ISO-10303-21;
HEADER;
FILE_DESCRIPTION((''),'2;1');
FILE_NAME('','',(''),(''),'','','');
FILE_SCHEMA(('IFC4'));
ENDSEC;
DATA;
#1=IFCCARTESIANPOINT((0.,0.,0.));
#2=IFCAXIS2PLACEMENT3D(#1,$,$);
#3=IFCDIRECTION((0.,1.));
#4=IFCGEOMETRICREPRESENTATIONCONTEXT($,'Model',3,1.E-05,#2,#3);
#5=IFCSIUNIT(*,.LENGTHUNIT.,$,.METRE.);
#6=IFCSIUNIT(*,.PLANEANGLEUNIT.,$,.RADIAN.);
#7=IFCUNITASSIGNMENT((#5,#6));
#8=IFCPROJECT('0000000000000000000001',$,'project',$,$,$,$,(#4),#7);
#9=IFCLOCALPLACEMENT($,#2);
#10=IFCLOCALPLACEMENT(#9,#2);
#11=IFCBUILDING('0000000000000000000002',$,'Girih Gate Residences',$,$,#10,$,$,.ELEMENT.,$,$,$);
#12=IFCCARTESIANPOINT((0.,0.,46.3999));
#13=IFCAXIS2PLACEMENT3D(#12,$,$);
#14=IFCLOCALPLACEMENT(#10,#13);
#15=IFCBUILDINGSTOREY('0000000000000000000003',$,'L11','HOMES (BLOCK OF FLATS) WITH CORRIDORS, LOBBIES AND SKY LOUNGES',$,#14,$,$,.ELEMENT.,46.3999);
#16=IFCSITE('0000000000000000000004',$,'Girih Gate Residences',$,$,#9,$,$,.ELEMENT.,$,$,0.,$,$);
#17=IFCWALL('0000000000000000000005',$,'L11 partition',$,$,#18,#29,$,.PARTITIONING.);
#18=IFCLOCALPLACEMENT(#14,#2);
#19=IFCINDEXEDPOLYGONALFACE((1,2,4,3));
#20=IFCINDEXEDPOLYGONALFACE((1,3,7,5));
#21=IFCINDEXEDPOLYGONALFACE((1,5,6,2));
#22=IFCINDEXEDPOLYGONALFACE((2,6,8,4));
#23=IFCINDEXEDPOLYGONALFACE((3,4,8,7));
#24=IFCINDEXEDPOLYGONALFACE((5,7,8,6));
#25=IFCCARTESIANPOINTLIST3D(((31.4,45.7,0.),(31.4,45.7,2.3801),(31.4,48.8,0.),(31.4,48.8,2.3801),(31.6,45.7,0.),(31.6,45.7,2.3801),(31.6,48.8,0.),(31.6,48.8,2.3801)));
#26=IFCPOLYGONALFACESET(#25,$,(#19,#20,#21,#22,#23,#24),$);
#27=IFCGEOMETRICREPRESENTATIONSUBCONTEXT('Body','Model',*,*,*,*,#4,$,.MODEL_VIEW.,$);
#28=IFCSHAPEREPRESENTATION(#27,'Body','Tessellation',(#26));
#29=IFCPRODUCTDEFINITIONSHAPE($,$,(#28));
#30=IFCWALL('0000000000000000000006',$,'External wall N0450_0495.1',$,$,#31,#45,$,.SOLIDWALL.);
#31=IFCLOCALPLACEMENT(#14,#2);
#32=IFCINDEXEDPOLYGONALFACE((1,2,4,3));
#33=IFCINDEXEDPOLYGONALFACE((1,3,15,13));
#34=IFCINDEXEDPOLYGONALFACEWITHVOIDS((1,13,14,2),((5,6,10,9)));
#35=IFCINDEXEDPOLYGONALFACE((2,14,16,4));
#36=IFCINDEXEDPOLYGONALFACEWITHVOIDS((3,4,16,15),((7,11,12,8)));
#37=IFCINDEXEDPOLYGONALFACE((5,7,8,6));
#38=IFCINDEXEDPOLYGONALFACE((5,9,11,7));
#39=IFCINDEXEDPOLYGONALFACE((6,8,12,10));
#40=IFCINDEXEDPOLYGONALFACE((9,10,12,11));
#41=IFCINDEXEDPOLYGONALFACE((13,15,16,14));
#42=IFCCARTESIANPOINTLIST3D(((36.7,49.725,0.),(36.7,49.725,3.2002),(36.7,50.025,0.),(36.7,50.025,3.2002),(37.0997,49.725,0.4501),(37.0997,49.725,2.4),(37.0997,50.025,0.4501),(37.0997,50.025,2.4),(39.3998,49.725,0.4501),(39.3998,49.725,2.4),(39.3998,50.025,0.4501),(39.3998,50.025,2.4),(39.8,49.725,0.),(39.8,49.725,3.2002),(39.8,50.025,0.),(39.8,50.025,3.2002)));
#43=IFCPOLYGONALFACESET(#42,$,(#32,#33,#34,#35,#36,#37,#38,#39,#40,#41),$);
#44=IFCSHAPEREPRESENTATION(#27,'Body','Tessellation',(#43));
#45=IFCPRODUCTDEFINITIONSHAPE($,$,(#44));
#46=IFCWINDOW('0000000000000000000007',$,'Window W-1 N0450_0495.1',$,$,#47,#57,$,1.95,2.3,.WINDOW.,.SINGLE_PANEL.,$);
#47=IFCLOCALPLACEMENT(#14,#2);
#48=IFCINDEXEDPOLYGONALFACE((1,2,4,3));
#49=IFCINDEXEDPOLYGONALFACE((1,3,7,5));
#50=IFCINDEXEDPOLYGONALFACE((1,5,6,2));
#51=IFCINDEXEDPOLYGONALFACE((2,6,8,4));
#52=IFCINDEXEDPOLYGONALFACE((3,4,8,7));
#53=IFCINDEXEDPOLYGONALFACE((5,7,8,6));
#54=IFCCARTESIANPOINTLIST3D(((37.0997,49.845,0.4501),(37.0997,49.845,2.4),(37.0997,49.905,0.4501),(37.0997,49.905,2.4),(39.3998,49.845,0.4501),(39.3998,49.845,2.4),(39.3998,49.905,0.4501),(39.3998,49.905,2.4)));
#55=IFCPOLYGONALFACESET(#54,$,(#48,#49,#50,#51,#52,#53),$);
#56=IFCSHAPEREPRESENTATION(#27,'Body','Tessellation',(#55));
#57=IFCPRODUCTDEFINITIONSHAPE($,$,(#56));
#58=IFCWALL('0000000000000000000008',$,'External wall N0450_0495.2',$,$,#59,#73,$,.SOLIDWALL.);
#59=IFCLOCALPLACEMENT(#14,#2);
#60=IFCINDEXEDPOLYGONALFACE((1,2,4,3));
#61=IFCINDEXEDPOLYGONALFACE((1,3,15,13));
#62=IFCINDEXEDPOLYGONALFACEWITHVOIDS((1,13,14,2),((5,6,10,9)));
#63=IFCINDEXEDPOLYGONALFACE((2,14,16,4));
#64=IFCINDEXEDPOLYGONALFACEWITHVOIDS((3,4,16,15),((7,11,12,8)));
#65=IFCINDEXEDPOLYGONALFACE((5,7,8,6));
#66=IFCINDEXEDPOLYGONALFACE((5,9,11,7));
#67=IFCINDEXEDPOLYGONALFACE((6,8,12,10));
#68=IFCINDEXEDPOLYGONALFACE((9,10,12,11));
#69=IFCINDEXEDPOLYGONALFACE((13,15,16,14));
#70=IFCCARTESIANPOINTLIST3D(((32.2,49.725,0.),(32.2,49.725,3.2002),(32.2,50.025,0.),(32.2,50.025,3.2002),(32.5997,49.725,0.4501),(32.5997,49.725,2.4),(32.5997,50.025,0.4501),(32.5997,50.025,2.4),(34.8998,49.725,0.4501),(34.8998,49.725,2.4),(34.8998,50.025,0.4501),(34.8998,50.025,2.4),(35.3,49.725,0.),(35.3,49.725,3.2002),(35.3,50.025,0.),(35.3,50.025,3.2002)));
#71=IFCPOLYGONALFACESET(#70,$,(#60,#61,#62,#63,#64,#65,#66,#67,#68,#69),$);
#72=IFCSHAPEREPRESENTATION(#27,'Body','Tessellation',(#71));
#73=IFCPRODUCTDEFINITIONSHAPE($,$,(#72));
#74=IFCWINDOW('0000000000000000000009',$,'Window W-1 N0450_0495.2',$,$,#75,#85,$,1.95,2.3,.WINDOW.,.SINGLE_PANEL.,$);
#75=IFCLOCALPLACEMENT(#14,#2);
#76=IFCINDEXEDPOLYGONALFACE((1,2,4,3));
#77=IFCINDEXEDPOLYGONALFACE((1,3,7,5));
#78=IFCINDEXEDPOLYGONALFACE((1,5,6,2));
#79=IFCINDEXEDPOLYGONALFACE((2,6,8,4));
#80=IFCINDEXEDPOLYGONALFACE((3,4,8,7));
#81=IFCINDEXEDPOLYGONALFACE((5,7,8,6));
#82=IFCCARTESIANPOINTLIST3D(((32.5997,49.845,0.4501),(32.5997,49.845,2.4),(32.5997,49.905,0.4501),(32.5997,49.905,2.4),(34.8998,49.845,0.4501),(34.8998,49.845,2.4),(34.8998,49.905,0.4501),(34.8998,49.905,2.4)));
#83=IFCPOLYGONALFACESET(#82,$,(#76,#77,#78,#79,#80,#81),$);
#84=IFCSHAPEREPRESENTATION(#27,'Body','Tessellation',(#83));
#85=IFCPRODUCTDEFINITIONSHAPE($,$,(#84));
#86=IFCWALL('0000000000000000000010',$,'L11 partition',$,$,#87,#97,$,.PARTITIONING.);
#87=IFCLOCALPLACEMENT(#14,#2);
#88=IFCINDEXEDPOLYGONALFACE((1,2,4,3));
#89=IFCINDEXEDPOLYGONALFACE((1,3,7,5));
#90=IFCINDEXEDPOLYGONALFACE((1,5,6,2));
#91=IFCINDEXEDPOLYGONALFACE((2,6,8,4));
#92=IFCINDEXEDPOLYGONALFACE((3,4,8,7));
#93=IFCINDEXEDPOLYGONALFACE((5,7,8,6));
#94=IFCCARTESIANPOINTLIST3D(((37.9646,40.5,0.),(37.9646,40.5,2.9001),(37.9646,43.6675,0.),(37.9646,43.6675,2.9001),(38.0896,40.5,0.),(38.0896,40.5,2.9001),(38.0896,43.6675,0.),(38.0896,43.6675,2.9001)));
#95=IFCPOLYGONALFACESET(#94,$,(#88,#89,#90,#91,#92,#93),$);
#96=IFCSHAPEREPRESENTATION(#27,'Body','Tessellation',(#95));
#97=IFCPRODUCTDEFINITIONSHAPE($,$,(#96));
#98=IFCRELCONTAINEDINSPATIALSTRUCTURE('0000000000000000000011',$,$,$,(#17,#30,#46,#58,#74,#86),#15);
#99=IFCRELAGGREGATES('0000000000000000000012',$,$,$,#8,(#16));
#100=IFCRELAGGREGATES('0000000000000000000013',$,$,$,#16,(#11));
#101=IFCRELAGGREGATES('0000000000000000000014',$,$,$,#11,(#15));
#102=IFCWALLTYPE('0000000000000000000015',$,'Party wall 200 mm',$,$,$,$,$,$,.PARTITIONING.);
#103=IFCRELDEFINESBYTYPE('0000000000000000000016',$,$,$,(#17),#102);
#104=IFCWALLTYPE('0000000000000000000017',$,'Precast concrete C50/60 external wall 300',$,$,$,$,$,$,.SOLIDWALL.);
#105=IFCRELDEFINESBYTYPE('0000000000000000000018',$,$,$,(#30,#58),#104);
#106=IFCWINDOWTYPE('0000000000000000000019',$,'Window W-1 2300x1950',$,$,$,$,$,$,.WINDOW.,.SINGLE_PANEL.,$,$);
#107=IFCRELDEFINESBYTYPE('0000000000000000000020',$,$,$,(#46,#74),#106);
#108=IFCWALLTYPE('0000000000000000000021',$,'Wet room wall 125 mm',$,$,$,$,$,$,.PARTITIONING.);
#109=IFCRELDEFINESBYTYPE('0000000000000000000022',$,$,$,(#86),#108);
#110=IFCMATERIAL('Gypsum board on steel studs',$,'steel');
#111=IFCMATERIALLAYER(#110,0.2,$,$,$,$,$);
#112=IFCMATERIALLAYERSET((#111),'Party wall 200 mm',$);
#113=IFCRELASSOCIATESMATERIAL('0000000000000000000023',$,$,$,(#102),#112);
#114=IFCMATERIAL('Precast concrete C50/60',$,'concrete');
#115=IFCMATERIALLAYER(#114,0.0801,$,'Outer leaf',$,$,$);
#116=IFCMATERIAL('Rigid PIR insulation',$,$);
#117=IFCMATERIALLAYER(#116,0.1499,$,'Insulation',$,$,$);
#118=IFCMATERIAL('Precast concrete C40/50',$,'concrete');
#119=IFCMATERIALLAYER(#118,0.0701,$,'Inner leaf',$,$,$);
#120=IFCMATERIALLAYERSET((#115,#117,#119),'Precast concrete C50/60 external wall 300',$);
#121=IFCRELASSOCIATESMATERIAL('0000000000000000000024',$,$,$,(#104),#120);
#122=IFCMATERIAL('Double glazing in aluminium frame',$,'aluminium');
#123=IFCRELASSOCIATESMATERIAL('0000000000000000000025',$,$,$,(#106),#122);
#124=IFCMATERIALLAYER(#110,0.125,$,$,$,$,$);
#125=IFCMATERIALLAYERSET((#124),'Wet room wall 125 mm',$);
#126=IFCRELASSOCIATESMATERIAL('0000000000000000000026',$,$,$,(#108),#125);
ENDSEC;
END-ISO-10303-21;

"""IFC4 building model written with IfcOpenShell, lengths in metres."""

from ifc_helpers import new_model, si_unit, direction, frame, frame_2d, origin, place, context, subcontext, project, spatial, rectangle, extrude, material, layer, layer_set, type_object, element, fill, save


model = new_model("IFC4")

# Units and contexts
model_context = context("Model", 3, precision=1e-05, world=origin(), true_north=direction((0.0, 1.0)))
body_context = subcontext(model_context, "Body", "Model", "MODEL_VIEW")
ifc_project = project(units=[si_unit("LENGTHUNIT", "METRE"), si_unit("PLANEANGLEUNIT", "RADIAN")], contexts=[model_context])

# Site, building, storey
site_placement = place(None, origin())
site = spatial("IfcSite", under=ifc_project, at=site_placement, Name="Girih Gate Residences", CompositionType="ELEMENT", RefElevation=0.0)
building_placement = place(site_placement, origin())
building = spatial("IfcBuilding", under=site, at=building_placement, Name="Girih Gate Residences", CompositionType="ELEMENT")
storey_placement = place(building_placement, frame((0.0, 0.0, 46.3999)))
storey = spatial("IfcBuildingStorey", under=building, at=storey_placement, Name="L11", Description="HOMES (BLOCK OF FLATS) WITH CORRIDORS, LOBBIES AND SKY LOUNGES", CompositionType="ELEMENT", Elevation=46.3999)

# Shared definitions
ifc_material_1 = material(Name="Gypsum board on steel studs", Category="steel")

# Wall
ifc_layer_1 = layer(ifc_material_1, 0.2)
ifc_layer_set_1 = layer_set([ifc_layer_1], Name="Party wall 200 mm")
wall_type_1 = type_object("IfcWallType", Name="Party wall 200 mm", PredefinedType="PARTITIONING", material=ifc_layer_set_1)
wall_1_placement = place(storey_placement, frame((31.5, 45.7, 0.0), z_axis=(0.0, 0.0, 1.0), x_axis=(0.0, 1.0, 0.0)))
element("IfcWall", 1, at=wall_1_placement, inside=storey, type_object=wall_type_1, Name="L11 partition", PredefinedType="PARTITIONING", context=body_context, shape_type="SweptSolid", body=[
    extrude(rectangle(XDim=3.1001, YDim=0.2, at=frame_2d((1.55, 0.0))), origin(), (0.0, 0.0, 1.0), 2.3801),
])

# Walls, openings, windows
ifc_material_2 = material(Name="Precast concrete C50/60", Category="concrete")
ifc_layer_2 = layer(ifc_material_2, 0.0801, Name="Outer leaf")
ifc_material_3 = material(Name="Rigid PIR insulation")
ifc_layer_3 = layer(ifc_material_3, 0.1499, Name="Insulation")
ifc_material_4 = material(Name="Precast concrete C40/50", Category="concrete")
ifc_layer_4 = layer(ifc_material_4, 0.0701, Name="Inner leaf")
ifc_layer_set_2 = layer_set([ifc_layer_2, ifc_layer_3, ifc_layer_4], Name="Precast concrete C50/60 external wall 300")
wall_type_2 = type_object("IfcWallType", Name="Precast concrete C50/60 external wall 300", PredefinedType="SOLIDWALL", material=ifc_layer_set_2)
wall_2_placement = place(storey_placement, frame((36.7, 49.875, 0.0), z_axis=(0.0, 0.0, 1.0), x_axis=(1.0, 0.0, 0.0)))
wall_2 = element("IfcWall", 2, at=wall_2_placement, inside=storey, type_object=wall_type_2, Name="External wall N0450_0495.1", PredefinedType="SOLIDWALL", context=body_context, shape_type="SweptSolid", body=[
    extrude(rectangle(XDim=3.1001, YDim=0.3, at=frame_2d((1.55, 0.0))), origin(), (0.0, 0.0, 1.0), 3.2002),
])
opening_1_placement = place(wall_2_placement, frame((0.3999, 0.0, 0.45)))
opening_1 = element("IfcOpeningElement", 3, at=opening_1_placement, cuts=wall_2, PredefinedType="OPENING", context=body_context, shape_type="SweptSolid", body=[
    extrude(rectangle(XDim=2.3, YDim=1.95, at=frame_2d((1.1499, 0.9751))), frame((0.0, 0.1599, 0.0), z_axis=(0.0, -1.0, 0.0), x_axis=(1.0, 0.0, 0.0)), (0.0, 0.0, 1.0), 0.3201),
])
ifc_material_5 = material(Name="Double glazing in aluminium frame", Category="aluminium")
window_type = type_object("IfcWindowType", Name="Window W-1 2300x1950", PartitioningType="SINGLE_PANEL", PredefinedType="WINDOW", material=ifc_material_5)
window_1_placement = place(opening_1_placement, origin())
window_1 = element("IfcWindow", 4, at=window_1_placement, inside=storey, type_object=window_type, Name="Window W-1 N0450_0495.1", OverallHeight=1.95, OverallWidth=2.3, PartitioningType="SINGLE_PANEL", PredefinedType="WINDOW", context=body_context, shape_type="SweptSolid", body=[
    extrude(rectangle(XDim=2.3, YDim=1.95, at=frame_2d((1.1499, 0.9751))), frame((0.0, 0.03, 0.0), z_axis=(0.0, -1.0, 0.0), x_axis=(1.0, 0.0, 0.0)), (0.0, 0.0, 1.0), 0.0601),
])
fill(opening_1, window_1)
wall_3_placement = place(storey_placement, frame((32.2, 49.875, 0.0), z_axis=(0.0, 0.0, 1.0), x_axis=(1.0, 0.0, 0.0)))
wall_3 = element("IfcWall", 5, at=wall_3_placement, inside=storey, type_object=wall_type_2, Name="External wall N0450_0495.2", PredefinedType="SOLIDWALL", context=body_context, shape_type="SweptSolid", body=[
    extrude(rectangle(XDim=3.1001, YDim=0.3, at=frame_2d((1.55, 0.0))), origin(), (0.0, 0.0, 1.0), 3.2002),
])
opening_2_placement = place(wall_3_placement, frame((0.3999, 0.0, 0.45)))
opening_2 = element("IfcOpeningElement", 6, at=opening_2_placement, cuts=wall_3, PredefinedType="OPENING", context=body_context, shape_type="SweptSolid", body=[
    extrude(rectangle(XDim=2.3, YDim=1.95, at=frame_2d((1.1499, 0.9751))), frame((0.0, 0.1599, 0.0), z_axis=(0.0, -1.0, 0.0), x_axis=(1.0, 0.0, 0.0)), (0.0, 0.0, 1.0), 0.3201),
])
window_2_placement = place(opening_2_placement, origin())
window_2 = element("IfcWindow", 7, at=window_2_placement, inside=storey, type_object=window_type, Name="Window W-1 N0450_0495.2", OverallHeight=1.95, OverallWidth=2.3, PartitioningType="SINGLE_PANEL", PredefinedType="WINDOW", context=body_context, shape_type="SweptSolid", body=[
    extrude(rectangle(XDim=2.3, YDim=1.95, at=frame_2d((1.1499, 0.9751))), frame((0.0, 0.03, 0.0), z_axis=(0.0, -1.0, 0.0), x_axis=(1.0, 0.0, 0.0)), (0.0, 0.0, 1.0), 0.0601),
])
fill(opening_2, window_2)

# Wall
ifc_layer_5 = layer(ifc_material_1, 0.125)
ifc_layer_set_3 = layer_set([ifc_layer_5], Name="Wet room wall 125 mm")
wall_type_3 = type_object("IfcWallType", Name="Wet room wall 125 mm", PredefinedType="PARTITIONING", material=ifc_layer_set_3)
wall_4_placement = place(storey_placement, frame((38.0271, 40.5, 0.0), z_axis=(0.0, 0.0, 1.0), x_axis=(0.0, 1.0, 0.0)))
element("IfcWall", 8, at=wall_4_placement, inside=storey, type_object=wall_type_3, Name="L11 partition", PredefinedType="PARTITIONING", context=body_context, shape_type="SweptSolid", body=[
    extrude(rectangle(XDim=3.1675, YDim=0.125, at=frame_2d((1.5837, 0.0))), origin(), (0.0, 0.0, 1.0), 2.9001),
])

save(model, "model.ifc")
